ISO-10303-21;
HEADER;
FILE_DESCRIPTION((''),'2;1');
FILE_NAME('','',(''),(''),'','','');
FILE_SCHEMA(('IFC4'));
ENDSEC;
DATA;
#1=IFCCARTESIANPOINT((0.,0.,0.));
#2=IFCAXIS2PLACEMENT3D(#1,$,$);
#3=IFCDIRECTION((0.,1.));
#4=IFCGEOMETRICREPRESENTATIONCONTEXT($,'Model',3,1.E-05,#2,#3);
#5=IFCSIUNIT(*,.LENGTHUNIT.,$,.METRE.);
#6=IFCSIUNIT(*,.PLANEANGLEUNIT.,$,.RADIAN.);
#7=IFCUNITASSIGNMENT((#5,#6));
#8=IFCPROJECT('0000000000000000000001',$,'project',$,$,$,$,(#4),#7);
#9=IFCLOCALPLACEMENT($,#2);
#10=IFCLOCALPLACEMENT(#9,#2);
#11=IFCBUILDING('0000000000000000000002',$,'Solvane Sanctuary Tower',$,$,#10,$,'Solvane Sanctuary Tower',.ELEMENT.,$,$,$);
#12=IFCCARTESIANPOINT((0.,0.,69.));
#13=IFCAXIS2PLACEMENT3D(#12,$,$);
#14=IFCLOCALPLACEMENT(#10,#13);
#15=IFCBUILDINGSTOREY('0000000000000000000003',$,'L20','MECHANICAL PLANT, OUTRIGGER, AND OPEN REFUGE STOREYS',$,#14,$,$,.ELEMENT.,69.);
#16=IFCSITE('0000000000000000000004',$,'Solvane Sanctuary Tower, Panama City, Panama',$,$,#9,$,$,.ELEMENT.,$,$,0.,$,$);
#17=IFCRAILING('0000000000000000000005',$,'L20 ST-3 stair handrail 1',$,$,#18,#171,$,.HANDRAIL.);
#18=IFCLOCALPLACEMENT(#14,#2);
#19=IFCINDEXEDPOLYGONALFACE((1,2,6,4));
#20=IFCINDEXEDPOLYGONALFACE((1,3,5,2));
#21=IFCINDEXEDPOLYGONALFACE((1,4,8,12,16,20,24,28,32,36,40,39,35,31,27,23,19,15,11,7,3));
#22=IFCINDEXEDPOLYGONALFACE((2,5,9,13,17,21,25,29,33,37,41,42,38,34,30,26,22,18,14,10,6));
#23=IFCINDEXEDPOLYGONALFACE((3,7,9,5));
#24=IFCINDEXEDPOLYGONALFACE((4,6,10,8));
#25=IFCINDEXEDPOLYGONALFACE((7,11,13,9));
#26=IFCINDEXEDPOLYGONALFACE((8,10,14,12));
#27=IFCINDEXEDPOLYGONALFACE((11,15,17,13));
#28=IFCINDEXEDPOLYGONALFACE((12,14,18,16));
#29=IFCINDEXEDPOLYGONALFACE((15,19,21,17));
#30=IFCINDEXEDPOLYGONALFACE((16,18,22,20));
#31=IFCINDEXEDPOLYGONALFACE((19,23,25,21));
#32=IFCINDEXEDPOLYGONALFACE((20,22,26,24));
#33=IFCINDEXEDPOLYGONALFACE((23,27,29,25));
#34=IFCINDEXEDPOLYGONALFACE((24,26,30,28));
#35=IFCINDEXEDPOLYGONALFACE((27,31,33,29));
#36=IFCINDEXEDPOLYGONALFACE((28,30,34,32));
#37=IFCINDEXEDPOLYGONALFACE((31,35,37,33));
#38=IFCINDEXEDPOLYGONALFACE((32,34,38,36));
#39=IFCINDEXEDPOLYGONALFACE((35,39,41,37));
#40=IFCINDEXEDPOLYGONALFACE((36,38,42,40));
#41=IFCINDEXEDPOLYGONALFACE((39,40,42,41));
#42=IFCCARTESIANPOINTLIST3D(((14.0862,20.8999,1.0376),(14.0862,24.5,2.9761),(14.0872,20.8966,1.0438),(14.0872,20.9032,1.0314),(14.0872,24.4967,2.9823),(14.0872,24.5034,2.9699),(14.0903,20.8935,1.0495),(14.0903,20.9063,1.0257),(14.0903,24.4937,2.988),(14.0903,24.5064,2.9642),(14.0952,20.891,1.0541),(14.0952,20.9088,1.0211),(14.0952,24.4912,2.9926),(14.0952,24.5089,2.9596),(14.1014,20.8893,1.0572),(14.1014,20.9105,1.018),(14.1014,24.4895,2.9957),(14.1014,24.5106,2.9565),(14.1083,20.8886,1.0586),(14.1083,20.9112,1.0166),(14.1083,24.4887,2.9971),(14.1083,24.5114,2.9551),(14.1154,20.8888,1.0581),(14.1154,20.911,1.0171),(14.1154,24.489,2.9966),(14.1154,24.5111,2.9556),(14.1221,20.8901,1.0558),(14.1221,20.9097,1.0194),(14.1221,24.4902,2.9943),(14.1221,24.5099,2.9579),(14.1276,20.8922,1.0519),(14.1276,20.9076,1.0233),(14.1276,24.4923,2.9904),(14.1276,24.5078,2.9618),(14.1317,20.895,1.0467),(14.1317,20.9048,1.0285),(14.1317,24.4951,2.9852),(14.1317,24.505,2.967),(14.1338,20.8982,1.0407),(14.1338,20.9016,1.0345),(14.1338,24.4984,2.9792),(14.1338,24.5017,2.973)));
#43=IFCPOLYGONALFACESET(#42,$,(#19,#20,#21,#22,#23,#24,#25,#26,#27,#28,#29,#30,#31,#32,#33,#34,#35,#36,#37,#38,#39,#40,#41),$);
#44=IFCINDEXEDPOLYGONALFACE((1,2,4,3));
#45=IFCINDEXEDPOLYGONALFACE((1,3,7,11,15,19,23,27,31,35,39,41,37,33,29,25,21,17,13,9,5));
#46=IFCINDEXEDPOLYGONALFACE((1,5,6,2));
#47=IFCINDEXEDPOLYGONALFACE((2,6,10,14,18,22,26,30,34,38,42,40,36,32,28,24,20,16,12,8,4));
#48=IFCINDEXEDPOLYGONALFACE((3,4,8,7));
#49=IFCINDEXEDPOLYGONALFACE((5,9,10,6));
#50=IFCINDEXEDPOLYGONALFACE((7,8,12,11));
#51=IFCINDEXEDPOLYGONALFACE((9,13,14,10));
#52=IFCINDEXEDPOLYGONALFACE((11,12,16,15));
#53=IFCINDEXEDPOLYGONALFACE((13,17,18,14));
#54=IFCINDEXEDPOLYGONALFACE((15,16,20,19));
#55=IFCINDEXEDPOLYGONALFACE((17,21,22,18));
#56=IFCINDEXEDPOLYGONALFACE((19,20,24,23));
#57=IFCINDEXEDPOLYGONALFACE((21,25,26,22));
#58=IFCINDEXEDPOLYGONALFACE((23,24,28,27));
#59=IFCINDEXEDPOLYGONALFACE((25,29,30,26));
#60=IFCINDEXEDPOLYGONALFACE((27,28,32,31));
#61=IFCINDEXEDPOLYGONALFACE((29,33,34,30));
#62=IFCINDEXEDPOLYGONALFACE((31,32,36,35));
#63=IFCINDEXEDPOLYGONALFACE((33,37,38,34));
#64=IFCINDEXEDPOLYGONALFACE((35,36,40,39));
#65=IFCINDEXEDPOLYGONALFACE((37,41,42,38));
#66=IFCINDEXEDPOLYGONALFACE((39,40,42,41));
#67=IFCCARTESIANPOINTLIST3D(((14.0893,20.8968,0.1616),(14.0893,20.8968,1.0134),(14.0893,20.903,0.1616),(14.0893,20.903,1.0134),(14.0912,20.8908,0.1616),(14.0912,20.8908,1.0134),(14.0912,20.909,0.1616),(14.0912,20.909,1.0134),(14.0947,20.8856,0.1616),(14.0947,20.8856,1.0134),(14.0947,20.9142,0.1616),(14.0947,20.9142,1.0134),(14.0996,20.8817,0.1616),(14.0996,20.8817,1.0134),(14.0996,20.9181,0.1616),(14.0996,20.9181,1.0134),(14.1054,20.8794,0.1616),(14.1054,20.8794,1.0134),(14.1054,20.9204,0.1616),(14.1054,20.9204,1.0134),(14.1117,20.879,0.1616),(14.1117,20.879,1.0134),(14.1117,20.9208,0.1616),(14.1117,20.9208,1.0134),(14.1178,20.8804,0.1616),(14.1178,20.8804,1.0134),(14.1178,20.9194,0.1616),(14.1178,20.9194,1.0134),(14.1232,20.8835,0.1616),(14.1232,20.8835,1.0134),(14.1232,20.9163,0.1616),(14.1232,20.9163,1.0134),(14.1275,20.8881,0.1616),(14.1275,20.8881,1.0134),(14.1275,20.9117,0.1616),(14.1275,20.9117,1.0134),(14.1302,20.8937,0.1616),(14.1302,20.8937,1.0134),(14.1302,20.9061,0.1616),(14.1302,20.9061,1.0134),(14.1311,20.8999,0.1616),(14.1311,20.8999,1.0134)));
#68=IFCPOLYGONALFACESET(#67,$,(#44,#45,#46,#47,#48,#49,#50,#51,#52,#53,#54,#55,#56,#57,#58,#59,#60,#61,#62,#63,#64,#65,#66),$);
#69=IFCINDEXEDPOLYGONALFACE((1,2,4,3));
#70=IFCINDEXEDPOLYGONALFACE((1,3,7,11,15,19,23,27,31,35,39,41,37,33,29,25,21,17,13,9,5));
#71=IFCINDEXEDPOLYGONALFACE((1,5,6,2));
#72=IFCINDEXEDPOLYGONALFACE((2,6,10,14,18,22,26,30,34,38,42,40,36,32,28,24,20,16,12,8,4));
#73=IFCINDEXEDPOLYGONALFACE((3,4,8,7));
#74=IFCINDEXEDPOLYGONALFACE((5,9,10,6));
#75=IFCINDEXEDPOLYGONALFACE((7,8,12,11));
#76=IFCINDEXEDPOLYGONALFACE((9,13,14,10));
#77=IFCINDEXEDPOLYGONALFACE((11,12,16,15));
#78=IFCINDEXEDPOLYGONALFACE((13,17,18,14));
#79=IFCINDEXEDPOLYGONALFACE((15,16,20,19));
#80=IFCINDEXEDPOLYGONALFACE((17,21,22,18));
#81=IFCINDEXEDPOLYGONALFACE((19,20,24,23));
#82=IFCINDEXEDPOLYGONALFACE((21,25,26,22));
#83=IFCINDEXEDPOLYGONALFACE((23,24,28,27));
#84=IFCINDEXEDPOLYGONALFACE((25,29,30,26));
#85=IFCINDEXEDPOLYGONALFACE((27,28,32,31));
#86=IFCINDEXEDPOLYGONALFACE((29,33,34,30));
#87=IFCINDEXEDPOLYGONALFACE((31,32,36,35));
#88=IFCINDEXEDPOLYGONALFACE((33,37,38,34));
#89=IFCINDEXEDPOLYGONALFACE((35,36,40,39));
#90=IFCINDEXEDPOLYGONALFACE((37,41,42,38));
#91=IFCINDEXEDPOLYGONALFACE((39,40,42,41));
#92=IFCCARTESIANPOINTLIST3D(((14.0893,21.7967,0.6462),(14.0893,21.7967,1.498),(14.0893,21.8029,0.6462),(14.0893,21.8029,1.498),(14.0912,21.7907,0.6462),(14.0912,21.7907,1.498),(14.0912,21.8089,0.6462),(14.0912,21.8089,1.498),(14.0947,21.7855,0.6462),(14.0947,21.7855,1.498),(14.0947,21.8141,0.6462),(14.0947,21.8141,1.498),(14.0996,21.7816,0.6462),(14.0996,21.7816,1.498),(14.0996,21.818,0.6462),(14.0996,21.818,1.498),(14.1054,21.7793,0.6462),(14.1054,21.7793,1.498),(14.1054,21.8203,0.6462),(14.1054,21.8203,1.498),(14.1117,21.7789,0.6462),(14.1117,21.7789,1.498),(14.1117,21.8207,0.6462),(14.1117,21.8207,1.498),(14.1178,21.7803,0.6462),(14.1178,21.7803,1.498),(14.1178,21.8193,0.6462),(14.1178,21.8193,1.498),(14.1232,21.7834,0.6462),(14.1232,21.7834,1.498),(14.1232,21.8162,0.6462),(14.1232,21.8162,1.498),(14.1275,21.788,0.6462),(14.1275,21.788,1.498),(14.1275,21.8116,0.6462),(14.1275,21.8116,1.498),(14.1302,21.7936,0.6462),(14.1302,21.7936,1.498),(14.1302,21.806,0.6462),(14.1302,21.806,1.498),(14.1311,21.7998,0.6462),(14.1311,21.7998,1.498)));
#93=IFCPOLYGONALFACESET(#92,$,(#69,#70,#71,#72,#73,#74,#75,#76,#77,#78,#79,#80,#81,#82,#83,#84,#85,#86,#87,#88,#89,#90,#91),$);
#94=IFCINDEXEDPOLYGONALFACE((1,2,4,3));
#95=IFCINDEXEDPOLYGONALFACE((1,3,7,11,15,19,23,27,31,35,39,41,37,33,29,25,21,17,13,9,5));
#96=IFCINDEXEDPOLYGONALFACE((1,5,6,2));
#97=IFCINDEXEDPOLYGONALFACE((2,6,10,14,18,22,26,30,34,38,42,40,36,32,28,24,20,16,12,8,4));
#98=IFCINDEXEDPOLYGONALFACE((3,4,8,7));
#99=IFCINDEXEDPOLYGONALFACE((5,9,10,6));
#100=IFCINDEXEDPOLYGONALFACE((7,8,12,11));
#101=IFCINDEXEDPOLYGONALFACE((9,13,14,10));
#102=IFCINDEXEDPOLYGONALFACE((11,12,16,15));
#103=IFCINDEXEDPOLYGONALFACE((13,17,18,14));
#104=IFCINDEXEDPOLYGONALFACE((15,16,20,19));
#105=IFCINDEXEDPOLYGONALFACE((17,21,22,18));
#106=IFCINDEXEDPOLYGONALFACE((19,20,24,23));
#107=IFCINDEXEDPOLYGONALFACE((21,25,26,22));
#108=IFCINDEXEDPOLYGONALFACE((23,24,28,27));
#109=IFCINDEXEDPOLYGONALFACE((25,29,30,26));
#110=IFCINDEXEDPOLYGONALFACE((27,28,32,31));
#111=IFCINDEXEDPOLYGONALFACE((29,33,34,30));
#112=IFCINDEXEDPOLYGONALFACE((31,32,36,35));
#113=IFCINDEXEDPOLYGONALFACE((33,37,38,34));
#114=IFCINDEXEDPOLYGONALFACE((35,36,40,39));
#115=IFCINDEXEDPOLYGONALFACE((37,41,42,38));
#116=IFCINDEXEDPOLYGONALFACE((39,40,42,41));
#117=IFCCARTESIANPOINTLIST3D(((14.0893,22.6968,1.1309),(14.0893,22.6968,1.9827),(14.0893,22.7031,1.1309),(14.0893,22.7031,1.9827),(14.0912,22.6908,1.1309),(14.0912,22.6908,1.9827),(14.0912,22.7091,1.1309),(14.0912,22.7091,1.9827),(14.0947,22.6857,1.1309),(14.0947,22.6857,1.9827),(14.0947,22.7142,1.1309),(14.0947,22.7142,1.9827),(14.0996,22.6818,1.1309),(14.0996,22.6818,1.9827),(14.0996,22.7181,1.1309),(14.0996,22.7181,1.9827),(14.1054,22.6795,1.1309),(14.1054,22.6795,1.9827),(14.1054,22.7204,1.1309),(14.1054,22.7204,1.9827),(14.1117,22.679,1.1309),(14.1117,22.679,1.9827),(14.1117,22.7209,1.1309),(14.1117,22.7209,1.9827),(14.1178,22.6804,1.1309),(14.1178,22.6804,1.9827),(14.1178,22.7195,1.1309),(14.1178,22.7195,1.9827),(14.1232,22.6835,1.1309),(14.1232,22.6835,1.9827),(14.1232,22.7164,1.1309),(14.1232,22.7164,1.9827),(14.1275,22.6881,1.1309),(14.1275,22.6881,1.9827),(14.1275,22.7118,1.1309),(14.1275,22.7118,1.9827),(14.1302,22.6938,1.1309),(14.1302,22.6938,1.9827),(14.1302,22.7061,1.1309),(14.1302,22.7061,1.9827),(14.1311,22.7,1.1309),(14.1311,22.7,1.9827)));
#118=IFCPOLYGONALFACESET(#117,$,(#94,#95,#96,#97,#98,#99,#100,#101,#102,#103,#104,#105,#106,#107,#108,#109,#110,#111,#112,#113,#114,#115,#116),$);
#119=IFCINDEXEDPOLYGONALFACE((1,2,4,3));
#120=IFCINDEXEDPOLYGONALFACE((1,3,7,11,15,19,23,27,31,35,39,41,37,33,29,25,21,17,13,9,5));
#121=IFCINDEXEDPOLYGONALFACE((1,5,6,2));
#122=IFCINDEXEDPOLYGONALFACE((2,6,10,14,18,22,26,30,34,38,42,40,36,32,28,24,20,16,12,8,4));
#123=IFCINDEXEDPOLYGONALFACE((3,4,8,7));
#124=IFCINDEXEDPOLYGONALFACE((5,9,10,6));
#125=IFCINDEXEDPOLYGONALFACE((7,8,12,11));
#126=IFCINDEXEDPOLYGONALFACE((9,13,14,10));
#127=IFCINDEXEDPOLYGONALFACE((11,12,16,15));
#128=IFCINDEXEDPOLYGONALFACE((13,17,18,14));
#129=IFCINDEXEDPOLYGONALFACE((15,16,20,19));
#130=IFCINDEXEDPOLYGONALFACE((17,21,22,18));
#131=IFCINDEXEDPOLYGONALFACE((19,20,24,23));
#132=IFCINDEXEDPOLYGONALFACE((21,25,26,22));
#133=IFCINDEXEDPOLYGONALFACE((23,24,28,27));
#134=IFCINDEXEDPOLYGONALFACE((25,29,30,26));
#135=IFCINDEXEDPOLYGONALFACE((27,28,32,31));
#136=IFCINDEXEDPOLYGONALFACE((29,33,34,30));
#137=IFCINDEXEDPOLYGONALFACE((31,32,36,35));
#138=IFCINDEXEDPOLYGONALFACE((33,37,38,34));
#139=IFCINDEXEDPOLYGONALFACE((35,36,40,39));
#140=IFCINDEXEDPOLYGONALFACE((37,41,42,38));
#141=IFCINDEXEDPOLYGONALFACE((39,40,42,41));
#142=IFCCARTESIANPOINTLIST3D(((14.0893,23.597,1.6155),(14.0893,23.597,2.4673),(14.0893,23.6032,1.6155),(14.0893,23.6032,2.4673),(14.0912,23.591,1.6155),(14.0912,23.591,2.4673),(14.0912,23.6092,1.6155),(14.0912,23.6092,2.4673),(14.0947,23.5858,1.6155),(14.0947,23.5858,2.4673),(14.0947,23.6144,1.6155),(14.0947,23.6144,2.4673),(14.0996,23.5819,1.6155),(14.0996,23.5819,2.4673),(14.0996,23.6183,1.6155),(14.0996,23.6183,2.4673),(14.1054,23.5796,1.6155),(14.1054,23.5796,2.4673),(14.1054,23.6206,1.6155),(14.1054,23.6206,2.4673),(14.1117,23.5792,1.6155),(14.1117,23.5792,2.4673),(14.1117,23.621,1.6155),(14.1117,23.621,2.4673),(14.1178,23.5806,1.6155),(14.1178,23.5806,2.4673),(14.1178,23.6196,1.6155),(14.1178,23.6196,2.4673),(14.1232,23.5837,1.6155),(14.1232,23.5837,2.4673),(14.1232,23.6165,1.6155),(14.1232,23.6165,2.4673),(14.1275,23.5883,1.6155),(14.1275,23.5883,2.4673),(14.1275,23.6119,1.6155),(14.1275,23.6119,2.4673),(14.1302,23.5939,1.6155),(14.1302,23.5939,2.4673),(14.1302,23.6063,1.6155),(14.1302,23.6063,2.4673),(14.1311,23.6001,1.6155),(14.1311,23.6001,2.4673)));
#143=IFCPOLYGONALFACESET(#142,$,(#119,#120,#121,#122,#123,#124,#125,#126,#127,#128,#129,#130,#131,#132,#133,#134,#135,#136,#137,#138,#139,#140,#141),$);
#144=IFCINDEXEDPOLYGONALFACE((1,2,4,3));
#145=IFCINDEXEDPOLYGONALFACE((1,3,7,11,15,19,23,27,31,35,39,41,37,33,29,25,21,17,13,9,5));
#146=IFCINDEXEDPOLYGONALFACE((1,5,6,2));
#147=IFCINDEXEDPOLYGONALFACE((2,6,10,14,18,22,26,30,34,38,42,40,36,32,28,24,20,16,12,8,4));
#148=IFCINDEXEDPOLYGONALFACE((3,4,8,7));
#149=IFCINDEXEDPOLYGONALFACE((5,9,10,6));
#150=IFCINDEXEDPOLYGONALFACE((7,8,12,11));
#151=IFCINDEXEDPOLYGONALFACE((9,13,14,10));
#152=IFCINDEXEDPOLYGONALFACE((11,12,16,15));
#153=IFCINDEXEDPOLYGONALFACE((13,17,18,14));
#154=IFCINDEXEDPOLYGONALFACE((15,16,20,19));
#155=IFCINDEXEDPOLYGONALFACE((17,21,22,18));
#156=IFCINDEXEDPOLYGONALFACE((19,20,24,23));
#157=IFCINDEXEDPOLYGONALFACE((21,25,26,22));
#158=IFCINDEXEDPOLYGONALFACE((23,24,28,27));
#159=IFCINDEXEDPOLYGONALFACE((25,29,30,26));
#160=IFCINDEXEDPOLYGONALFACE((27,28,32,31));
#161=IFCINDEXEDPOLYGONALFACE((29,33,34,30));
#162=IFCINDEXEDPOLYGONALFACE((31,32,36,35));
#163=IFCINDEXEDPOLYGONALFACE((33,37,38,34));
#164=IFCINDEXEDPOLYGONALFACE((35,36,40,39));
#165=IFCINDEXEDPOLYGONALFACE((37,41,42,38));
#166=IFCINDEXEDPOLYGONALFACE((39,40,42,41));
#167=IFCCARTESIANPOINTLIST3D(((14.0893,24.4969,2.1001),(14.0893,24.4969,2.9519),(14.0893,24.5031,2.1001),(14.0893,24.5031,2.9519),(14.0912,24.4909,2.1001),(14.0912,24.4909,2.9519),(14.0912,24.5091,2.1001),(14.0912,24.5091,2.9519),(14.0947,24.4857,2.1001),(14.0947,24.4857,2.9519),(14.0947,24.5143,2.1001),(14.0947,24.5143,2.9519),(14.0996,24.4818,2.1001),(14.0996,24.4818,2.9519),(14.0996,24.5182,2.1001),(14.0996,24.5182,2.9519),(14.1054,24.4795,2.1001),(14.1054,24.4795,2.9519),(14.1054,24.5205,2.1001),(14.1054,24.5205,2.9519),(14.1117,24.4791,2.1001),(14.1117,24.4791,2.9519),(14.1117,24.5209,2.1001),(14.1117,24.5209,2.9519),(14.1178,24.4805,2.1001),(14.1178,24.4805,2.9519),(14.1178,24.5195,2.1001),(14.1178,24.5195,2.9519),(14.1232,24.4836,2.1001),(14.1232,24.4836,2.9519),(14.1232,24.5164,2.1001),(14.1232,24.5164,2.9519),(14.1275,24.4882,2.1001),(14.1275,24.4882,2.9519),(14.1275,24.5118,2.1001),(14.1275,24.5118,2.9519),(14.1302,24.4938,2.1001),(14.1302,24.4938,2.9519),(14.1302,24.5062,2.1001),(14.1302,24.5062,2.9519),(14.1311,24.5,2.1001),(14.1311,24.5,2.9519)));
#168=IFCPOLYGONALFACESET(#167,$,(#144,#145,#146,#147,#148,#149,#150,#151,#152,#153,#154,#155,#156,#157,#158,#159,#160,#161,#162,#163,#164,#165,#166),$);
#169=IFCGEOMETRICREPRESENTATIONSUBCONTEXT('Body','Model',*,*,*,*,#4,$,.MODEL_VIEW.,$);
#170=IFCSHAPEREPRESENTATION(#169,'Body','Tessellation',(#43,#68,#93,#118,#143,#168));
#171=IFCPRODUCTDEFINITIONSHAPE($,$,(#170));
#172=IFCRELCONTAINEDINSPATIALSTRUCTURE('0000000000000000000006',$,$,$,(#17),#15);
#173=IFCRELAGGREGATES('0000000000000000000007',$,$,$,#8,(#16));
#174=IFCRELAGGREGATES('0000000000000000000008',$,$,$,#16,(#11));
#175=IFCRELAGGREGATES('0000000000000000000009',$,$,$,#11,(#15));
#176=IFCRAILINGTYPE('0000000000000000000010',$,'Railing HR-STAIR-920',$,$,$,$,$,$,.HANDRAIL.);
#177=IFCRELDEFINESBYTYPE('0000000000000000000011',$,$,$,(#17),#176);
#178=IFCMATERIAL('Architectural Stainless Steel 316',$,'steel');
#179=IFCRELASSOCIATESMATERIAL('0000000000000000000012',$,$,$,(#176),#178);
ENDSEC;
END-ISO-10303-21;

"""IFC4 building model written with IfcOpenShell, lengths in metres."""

from ifc_helpers import new_model, si_unit, direction, frame, origin, origin_2d, place, context, subcontext, project, spatial, circle, extrude, material, type_object, element, save


model = new_model("IFC4")

# Units and contexts
model_context = context("Model", 3, precision=1e-05, world=origin(), true_north=direction((0.0, 1.0)))
body_context = subcontext(model_context, "Body", "Model", "MODEL_VIEW")
ifc_project = project(units=[si_unit("LENGTHUNIT", "METRE"), si_unit("PLANEANGLEUNIT", "RADIAN")], contexts=[model_context])

# Site, building, storey
site_placement = place(None, origin())
site = spatial("IfcSite", under=ifc_project, at=site_placement, Name="Solvane Sanctuary Tower, Panama City, Panama", CompositionType="ELEMENT", RefElevation=0.0)
building_placement = place(site_placement, origin())
building = spatial("IfcBuilding", under=site, at=building_placement, Name="Solvane Sanctuary Tower", LongName="Solvane Sanctuary Tower", CompositionType="ELEMENT")
storey_placement = place(building_placement, frame((0.0, 0.0, 69.0)))
storey = spatial("IfcBuildingStorey", under=building, at=storey_placement, Name="L20", Description="MECHANICAL PLANT, OUTRIGGER, AND OPEN REFUGE STOREYS", CompositionType="ELEMENT", Elevation=69.0)

# Shared definitions
ifc_material_1 = material(Name="Architectural Stainless Steel 316", Category="steel")

# Railing
railing_type_1 = type_object("IfcRailingType", Name="Railing HR-STAIR-920", PredefinedType="HANDRAIL", material=ifc_material_1)
for number, where, name in (
    (1, (14.1101, 20.8999, 0.1616), "L20 ST-3 stair handrail 1"),
):
    element("IfcRailing", number, at=place(storey_placement, frame(where)), inside=storey, type_object=railing_type_1, Name=name, PredefinedType="HANDRAIL", context=body_context, shape_type="SweptSolid", body=[
        extrude(circle(Radius=0.0239, at=origin_2d()), frame((0.0, 0.0, 0.876), z_axis=(0.0, 0.880475, 0.474093), x_axis=(-1.0, 0.0, 0.0)), (0.0, 0.0, 1.0), 4.0889),
        extrude(circle(Radius=0.021, at=origin_2d()), origin(), (0.0, 0.0, 1.0), 0.8518),
        extrude(circle(Radius=0.021, at=origin_2d()), frame((0.0, 0.8999, 0.4846)), (0.0, 0.0, 1.0), 0.8518),
        extrude(circle(Radius=0.021, at=origin_2d()), frame((0.0, 1.8, 0.9692)), (0.0, 0.0, 1.0), 0.8518),
        extrude(circle(Radius=0.021, at=origin_2d()), frame((0.0, 2.7002, 1.4539)), (0.0, 0.0, 1.0), 0.8518),
        extrude(circle(Radius=0.021, at=origin_2d()), frame((0.0, 3.6001, 1.9385)), (0.0, 0.0, 1.0), 0.8518),
    ])

save(model, "model.ifc")
